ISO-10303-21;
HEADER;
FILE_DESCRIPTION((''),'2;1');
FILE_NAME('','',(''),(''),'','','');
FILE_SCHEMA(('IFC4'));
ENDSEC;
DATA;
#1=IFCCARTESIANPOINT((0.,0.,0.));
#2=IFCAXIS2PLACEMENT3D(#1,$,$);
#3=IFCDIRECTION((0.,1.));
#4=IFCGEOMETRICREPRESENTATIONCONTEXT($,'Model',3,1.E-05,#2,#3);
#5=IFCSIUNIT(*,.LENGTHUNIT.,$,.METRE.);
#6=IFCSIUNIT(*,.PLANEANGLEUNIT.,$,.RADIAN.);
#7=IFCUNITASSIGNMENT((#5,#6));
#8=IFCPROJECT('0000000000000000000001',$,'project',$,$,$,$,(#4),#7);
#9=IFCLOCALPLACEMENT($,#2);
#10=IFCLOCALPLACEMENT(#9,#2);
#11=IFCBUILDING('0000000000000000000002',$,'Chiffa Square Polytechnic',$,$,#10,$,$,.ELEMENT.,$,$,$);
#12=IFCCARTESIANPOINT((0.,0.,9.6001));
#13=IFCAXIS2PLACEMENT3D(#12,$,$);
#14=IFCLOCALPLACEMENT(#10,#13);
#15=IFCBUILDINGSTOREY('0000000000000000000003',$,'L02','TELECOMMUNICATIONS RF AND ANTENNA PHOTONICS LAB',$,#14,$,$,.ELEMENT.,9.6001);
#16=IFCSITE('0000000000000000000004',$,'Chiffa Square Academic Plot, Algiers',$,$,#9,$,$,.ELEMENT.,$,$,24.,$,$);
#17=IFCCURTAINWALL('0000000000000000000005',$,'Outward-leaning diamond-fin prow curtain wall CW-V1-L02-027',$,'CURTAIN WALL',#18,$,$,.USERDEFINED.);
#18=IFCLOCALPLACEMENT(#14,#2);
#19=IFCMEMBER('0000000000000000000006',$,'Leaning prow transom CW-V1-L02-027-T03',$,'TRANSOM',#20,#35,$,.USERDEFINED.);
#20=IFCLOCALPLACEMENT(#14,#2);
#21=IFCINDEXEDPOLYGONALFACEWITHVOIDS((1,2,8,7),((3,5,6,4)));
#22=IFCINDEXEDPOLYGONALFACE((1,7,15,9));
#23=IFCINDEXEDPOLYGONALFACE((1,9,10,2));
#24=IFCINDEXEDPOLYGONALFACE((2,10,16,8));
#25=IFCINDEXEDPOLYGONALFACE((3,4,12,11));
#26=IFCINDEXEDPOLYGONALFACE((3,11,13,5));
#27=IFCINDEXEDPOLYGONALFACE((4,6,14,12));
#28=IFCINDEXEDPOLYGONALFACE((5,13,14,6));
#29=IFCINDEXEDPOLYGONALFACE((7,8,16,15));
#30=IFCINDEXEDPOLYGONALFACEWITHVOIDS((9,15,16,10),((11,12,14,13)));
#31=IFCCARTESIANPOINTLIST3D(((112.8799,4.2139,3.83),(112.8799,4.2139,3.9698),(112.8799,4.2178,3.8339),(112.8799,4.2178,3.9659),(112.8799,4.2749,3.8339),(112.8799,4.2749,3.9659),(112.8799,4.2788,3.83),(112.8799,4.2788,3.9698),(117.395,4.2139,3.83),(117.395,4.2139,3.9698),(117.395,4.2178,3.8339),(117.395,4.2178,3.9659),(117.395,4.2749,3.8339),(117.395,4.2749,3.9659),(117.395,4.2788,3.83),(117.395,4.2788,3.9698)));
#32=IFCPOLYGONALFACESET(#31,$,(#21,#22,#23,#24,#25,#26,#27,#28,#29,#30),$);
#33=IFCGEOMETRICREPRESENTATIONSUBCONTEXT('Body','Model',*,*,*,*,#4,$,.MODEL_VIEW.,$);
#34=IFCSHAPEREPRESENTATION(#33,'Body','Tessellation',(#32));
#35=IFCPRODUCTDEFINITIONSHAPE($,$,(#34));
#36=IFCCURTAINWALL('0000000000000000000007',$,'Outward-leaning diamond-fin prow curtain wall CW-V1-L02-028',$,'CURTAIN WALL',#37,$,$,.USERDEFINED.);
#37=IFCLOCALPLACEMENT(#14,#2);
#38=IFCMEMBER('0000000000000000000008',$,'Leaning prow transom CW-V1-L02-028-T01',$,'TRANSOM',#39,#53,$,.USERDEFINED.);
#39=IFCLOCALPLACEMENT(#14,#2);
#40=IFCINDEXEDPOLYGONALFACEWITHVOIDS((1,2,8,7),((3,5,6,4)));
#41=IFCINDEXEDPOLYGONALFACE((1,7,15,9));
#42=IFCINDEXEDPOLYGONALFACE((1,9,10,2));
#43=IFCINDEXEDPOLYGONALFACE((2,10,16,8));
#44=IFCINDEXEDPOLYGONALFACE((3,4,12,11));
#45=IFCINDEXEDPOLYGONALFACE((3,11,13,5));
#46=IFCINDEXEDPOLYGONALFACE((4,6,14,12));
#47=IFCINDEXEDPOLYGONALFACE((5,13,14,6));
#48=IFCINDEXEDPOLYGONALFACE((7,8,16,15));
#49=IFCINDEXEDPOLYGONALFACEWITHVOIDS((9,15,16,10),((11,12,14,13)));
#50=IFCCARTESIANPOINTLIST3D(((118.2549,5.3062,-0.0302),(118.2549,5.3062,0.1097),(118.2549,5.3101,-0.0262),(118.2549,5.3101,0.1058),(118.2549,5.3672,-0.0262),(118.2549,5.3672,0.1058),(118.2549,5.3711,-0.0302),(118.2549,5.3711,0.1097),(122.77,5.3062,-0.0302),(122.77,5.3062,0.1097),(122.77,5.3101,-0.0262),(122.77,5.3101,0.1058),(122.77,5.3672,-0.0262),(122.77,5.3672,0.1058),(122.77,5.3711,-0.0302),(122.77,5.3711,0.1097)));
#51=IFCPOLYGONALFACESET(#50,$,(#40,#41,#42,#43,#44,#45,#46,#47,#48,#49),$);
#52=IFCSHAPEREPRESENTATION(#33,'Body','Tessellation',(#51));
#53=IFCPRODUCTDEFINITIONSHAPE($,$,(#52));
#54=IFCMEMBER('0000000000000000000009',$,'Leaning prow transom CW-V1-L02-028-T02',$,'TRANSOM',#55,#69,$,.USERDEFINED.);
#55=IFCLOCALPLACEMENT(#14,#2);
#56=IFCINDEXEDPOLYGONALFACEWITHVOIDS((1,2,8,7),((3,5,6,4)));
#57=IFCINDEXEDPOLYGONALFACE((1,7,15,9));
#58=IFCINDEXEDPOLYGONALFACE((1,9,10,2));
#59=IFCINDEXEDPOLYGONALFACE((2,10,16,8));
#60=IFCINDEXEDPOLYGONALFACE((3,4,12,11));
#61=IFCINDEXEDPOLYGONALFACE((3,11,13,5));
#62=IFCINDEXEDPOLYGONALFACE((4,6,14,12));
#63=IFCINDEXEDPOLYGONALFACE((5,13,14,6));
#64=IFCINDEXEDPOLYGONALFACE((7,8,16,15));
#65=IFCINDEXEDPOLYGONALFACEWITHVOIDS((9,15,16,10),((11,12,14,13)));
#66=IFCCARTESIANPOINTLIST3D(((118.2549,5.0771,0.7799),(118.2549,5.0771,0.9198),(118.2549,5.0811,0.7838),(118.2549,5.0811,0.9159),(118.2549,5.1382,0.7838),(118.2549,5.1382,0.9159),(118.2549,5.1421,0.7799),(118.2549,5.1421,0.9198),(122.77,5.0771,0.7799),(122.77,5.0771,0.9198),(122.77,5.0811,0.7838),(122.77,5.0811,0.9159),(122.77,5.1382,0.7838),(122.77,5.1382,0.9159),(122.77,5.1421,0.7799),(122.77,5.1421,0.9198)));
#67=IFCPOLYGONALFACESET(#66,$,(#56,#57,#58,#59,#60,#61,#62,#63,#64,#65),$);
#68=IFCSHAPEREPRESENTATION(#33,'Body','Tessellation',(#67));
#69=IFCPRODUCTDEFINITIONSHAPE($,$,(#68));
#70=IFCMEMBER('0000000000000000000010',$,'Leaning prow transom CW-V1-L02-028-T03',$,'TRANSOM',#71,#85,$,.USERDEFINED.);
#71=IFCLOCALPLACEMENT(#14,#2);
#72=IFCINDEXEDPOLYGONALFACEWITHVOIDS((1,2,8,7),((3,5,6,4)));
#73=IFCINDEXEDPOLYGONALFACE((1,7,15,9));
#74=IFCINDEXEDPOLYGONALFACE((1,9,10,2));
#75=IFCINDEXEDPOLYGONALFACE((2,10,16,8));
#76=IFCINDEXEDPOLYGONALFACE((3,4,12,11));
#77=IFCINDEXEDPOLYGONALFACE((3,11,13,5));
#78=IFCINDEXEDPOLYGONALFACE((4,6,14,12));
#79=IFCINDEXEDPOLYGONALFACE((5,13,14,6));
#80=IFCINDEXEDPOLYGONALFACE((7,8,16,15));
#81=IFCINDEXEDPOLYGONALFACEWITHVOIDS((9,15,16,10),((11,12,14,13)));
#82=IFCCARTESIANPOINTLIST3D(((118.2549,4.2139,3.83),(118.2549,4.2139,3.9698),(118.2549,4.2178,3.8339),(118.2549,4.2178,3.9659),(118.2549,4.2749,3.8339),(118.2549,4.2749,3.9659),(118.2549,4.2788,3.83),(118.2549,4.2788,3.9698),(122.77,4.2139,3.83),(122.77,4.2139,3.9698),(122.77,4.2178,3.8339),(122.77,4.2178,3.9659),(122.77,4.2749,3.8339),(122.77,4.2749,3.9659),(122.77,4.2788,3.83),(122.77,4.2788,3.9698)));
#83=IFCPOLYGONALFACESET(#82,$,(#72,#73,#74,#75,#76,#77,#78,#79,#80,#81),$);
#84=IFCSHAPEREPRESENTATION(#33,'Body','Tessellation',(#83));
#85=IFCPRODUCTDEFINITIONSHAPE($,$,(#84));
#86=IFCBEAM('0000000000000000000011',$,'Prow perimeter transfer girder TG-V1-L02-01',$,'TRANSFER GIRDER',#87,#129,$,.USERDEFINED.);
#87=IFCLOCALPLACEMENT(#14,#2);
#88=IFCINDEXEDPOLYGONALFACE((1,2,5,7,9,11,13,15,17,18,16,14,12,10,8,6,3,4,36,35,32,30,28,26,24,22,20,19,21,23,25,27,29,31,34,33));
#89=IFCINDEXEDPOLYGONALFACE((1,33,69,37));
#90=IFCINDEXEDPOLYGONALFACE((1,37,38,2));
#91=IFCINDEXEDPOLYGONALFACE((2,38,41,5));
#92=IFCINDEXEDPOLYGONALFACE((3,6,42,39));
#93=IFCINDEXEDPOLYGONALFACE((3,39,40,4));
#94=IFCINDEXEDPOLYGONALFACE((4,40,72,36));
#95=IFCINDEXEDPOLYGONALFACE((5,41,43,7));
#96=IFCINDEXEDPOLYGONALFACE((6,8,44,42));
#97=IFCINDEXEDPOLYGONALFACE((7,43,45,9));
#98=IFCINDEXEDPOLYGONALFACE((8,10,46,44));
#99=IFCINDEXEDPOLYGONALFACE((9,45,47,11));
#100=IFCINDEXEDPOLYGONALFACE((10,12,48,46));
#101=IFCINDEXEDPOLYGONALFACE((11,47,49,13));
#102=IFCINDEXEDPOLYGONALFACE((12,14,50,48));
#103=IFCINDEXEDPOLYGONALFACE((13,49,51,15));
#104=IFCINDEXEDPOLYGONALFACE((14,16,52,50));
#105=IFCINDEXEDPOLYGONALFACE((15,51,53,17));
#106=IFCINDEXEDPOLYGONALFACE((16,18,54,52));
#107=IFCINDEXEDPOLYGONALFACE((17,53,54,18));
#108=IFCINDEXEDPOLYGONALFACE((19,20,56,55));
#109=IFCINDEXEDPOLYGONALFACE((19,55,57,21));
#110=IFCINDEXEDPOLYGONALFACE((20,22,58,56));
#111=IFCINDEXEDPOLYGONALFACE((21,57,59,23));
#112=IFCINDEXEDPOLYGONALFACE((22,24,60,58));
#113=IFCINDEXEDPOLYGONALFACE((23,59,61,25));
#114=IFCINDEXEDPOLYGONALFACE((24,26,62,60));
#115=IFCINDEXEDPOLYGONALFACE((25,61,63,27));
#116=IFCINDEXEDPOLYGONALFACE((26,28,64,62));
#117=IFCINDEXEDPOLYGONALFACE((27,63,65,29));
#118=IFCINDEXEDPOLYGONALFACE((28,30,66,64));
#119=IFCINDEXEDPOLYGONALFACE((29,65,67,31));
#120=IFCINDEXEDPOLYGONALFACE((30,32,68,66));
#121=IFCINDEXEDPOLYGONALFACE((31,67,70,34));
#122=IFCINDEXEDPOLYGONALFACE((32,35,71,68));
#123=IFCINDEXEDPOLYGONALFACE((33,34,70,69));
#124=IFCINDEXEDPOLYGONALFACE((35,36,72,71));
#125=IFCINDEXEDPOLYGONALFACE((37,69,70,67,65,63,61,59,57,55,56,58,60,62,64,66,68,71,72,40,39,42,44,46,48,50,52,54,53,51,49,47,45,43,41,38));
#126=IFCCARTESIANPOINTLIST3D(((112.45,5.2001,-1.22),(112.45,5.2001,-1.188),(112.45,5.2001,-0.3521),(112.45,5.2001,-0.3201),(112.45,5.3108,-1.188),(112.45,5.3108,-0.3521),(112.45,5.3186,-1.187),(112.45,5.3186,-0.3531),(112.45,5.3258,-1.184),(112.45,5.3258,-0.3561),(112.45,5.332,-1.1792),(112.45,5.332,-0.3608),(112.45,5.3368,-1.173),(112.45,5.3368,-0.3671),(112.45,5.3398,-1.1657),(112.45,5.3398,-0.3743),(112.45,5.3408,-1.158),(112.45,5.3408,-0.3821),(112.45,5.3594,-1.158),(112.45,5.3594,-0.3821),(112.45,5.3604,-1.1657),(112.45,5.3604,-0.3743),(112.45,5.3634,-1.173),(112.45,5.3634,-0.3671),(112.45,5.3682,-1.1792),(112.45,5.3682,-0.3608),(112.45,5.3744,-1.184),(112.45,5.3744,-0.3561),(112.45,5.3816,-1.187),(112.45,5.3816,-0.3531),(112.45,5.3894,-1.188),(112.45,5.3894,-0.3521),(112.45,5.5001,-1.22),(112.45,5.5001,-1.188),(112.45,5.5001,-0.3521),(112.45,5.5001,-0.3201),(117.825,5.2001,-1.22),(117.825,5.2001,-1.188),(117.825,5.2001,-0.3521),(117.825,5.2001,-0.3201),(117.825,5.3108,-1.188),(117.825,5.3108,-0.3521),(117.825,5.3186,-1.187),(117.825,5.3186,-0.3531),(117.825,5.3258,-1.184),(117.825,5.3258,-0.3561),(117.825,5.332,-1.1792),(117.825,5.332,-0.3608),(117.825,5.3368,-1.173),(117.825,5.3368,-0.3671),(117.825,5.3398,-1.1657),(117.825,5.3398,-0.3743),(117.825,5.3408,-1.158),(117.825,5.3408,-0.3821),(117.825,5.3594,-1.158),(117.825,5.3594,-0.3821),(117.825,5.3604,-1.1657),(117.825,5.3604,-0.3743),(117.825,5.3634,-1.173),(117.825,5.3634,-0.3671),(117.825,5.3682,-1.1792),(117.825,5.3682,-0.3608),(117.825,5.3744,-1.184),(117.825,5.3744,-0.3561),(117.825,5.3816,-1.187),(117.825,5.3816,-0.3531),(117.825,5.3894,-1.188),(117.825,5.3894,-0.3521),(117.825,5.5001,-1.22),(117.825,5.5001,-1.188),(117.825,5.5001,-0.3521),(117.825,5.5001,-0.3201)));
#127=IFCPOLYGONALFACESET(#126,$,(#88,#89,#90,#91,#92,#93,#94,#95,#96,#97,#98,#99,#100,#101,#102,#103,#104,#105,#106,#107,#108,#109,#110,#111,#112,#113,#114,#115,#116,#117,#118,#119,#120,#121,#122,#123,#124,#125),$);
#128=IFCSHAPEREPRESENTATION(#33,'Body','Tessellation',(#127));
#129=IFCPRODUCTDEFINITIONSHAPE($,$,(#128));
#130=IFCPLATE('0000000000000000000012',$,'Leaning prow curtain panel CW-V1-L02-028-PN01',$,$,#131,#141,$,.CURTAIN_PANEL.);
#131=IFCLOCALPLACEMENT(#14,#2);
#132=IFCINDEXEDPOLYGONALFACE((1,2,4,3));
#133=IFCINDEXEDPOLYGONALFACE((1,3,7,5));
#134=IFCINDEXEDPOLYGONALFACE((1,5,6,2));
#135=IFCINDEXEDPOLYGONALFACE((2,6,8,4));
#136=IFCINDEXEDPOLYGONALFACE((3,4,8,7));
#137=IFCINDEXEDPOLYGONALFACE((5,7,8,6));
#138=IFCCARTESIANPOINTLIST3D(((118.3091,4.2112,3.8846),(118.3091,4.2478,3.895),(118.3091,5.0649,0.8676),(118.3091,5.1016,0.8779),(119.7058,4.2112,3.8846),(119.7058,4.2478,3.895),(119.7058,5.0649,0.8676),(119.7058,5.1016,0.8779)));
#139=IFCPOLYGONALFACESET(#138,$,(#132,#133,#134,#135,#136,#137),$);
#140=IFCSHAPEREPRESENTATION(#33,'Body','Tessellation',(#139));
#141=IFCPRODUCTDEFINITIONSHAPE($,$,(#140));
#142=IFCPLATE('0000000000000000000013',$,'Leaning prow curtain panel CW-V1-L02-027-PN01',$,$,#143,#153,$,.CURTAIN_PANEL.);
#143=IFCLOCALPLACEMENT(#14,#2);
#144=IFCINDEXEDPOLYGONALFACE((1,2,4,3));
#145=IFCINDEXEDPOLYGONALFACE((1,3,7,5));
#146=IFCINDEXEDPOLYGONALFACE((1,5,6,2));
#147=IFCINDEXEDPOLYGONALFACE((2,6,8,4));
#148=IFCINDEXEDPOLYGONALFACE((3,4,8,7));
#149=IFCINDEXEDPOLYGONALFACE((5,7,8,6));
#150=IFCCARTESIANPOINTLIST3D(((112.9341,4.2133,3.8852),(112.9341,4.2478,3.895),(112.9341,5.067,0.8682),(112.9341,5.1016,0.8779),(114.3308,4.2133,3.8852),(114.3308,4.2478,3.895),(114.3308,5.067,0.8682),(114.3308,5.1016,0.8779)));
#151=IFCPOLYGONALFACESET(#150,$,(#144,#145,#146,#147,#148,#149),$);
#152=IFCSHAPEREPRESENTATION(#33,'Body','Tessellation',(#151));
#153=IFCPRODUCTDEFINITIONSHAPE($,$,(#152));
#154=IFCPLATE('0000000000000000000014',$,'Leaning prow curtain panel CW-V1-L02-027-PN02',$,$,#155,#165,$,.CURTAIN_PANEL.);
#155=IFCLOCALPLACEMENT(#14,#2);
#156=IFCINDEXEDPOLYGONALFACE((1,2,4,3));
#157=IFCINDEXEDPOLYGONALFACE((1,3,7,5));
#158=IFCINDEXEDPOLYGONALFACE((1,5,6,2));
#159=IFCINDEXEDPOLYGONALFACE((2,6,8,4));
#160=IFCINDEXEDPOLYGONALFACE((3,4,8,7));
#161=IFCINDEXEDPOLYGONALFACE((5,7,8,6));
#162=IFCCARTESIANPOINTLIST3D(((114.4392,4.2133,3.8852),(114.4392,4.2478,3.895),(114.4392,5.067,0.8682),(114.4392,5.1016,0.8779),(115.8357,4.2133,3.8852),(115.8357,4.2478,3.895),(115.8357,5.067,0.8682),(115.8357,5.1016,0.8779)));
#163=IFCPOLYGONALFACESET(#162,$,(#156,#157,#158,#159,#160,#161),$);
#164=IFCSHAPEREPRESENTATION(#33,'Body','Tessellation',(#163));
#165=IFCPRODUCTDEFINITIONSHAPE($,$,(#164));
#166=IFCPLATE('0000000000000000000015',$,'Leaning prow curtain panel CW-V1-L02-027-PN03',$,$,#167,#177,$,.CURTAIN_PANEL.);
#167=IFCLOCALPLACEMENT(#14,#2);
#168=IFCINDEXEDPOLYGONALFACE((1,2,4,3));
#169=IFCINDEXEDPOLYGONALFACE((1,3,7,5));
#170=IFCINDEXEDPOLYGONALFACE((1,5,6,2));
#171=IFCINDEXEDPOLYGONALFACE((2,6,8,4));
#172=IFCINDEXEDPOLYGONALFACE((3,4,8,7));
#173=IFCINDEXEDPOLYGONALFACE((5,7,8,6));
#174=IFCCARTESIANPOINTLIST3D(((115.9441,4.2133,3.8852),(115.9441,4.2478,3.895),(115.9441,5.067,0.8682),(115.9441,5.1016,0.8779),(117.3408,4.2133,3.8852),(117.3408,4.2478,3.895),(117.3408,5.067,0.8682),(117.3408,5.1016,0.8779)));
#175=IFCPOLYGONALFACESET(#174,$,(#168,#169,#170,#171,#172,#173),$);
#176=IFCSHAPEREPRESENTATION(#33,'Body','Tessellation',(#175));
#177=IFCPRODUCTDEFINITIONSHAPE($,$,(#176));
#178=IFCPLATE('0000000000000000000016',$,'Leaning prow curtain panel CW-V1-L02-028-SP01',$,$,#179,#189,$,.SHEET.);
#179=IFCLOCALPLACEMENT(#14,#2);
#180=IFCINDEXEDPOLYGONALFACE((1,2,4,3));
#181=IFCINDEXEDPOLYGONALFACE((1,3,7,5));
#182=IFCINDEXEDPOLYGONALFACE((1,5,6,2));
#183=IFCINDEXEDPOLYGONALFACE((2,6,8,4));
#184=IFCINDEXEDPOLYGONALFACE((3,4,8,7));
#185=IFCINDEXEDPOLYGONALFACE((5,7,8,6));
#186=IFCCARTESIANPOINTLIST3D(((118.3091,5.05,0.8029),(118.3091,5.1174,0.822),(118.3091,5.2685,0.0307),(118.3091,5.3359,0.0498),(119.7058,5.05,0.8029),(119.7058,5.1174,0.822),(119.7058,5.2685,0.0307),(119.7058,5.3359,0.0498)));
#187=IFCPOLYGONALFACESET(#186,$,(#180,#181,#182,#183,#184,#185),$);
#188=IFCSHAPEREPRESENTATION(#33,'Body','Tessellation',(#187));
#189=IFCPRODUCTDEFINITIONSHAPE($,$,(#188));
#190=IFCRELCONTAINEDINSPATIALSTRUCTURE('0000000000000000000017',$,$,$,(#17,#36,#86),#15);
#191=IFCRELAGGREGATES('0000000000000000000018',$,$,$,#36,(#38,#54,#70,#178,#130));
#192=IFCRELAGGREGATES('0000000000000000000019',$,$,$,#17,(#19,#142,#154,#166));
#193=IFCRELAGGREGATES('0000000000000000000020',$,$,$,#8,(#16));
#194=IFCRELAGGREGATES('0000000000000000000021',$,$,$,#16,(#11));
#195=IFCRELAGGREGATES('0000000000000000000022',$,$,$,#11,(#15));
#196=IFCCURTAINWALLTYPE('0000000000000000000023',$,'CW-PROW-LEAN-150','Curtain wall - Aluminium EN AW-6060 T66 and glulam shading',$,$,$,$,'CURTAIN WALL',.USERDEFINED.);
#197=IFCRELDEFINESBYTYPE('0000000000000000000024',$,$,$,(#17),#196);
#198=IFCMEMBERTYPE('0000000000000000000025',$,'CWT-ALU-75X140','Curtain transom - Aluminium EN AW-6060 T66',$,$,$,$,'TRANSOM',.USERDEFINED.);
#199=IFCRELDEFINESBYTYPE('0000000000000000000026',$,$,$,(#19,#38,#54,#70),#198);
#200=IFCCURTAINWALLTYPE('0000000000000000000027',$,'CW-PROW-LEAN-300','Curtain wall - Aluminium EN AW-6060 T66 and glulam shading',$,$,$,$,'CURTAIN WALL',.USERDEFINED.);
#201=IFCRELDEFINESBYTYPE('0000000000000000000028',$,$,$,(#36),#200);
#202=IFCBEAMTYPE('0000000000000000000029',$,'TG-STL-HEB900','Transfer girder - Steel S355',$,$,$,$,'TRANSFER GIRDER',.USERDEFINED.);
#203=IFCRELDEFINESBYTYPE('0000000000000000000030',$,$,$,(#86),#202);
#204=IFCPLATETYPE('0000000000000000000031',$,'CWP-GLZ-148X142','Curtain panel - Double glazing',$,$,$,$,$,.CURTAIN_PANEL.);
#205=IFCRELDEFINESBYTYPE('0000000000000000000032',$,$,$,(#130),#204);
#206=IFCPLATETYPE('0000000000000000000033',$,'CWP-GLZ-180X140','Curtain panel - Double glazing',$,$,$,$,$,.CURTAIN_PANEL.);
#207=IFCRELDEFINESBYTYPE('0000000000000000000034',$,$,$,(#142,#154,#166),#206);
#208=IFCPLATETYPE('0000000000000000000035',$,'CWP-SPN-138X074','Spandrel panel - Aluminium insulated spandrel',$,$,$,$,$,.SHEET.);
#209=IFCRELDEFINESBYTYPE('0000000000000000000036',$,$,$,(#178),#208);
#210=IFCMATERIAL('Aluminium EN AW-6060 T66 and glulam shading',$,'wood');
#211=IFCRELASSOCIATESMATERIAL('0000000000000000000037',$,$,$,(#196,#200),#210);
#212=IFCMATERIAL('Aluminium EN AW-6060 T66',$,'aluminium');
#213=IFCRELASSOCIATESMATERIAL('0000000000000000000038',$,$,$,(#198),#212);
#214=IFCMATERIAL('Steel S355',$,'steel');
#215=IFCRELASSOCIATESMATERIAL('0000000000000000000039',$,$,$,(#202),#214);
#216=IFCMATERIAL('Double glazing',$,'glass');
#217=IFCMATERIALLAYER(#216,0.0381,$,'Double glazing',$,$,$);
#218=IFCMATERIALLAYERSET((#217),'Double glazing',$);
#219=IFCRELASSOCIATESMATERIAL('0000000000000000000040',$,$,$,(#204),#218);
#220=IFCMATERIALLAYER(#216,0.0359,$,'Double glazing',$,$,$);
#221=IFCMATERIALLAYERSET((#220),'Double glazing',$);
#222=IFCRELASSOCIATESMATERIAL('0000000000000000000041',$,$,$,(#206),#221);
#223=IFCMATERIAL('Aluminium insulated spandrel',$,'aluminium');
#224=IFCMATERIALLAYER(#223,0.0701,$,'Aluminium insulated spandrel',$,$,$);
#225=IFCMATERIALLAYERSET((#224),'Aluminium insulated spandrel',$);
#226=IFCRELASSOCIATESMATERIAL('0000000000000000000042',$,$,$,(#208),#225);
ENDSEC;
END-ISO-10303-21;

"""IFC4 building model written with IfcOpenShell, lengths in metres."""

from ifc_helpers import new_model, si_unit, direction, frame, origin, origin_2d, place, context, subcontext, project, spatial, polyline, hollow_rectangle, i_section, outline, extrude, material, layer, layer_set, material_profile, profile_set, type_object, element, aggregate, save


model = new_model("IFC4")

# Units and contexts
model_context = context("Model", 3, precision=1e-05, world=origin(), true_north=direction((0.0, 1.0)))
body_context = subcontext(model_context, "Body", "Model", "MODEL_VIEW")
ifc_project = project(units=[si_unit("LENGTHUNIT", "METRE"), si_unit("PLANEANGLEUNIT", "RADIAN")], contexts=[model_context])

# Site, building, storey
site_placement = place(None, origin())
site = spatial("IfcSite", under=ifc_project, at=site_placement, Name="Chiffa Square Academic Plot, Algiers", CompositionType="ELEMENT", RefElevation=24.0)
building_placement = place(site_placement, origin())
building = spatial("IfcBuilding", under=site, at=building_placement, Name="Chiffa Square Polytechnic", CompositionType="ELEMENT")
storey_placement = place(building_placement, frame((0.0, 0.0, 9.6001)))
storey = spatial("IfcBuildingStorey", under=building, at=storey_placement, Name="L02", Description="TELECOMMUNICATIONS RF AND ANTENNA PHOTONICS LAB", CompositionType="ELEMENT", Elevation=9.6001)

# Curtain walls, members
ifc_material_1 = material(Name="Aluminium EN AW-6060 T66 and glulam shading", Category="wood")
curtain_wall_type_1 = type_object("IfcCurtainWallType", Name="CW-PROW-LEAN-150", Description="Curtain wall - Aluminium EN AW-6060 T66 and glulam shading", ElementType="CURTAIN WALL", PredefinedType="USERDEFINED", material=ifc_material_1)
curtain_wall_1_placement = place(storey_placement, origin())
curtain_wall_1 = element("IfcCurtainWall", 1, at=curtain_wall_1_placement, inside=storey, type_object=curtain_wall_type_1, Name="Outward-leaning diamond-fin prow curtain wall CW-V1-L02-027", ObjectType="CURTAIN WALL", PredefinedType="USERDEFINED")
ifc_material_2 = material(Name="Aluminium EN AW-6060 T66", Category="aluminium")
ifc_material_profile_1 = material_profile(ifc_material_2, hollow_rectangle(XDim=0.0649, YDim=0.1399, WallThickness=0.0039, at=origin_2d()), Name="ALU 65x140x4")
ifc_profile_set_1 = profile_set([ifc_material_profile_1], Name="Aluminium EN AW-6060 T66")
member_type_1 = type_object("IfcMemberType", Name="CWT-ALU-75X140", Description="Curtain transom - Aluminium EN AW-6060 T66", ElementType="TRANSOM", PredefinedType="USERDEFINED", material=ifc_profile_set_1)
member_1_placement = place(storey_placement, frame((112.8799, 4.2463, 3.8999), z_axis=(1.0, 0.0, 0.0), x_axis=(0.0, 1.0, 0.0)))
member_1 = element("IfcMember", 2, at=member_1_placement, type_object=member_type_1, Name="Leaning prow transom CW-V1-L02-027-T03", ObjectType="TRANSOM", PredefinedType="USERDEFINED", context=body_context, shape_type="SweptSolid", body=[
    extrude(hollow_rectangle(XDim=0.0649, YDim=0.1399, WallThickness=0.0039, at=origin_2d()), origin(), (0.0, 0.0, 1.0), 4.5151),
])
curtain_wall_type_2 = type_object("IfcCurtainWallType", Name="CW-PROW-LEAN-300", Description="Curtain wall - Aluminium EN AW-6060 T66 and glulam shading", ElementType="CURTAIN WALL", PredefinedType="USERDEFINED", material=ifc_material_1)
curtain_wall_2_placement = place(storey_placement, origin())
curtain_wall_2 = element("IfcCurtainWall", 3, at=curtain_wall_2_placement, inside=storey, type_object=curtain_wall_type_2, Name="Outward-leaning diamond-fin prow curtain wall CW-V1-L02-028", ObjectType="CURTAIN WALL", PredefinedType="USERDEFINED")
member_2_placement = place(storey_placement, frame((118.2549, 5.3386, 0.0398), z_axis=(1.0, 0.0, 0.0), x_axis=(0.0, 1.0, 0.0)))
member_2 = element("IfcMember", 4, at=member_2_placement, type_object=member_type_1, Name="Leaning prow transom CW-V1-L02-028-T01", ObjectType="TRANSOM", PredefinedType="USERDEFINED", context=body_context, shape_type="SweptSolid", body=[
    extrude(hollow_rectangle(XDim=0.0649, YDim=0.1399, WallThickness=0.0039, at=origin_2d()), origin(), (0.0, 0.0, 1.0), 4.5151),
])
member_3_placement = place(storey_placement, frame((118.2549, 5.1096, 0.8499), z_axis=(1.0, 0.0, 0.0), x_axis=(0.0, 1.0, 0.0)))
member_3 = element("IfcMember", 5, at=member_3_placement, type_object=member_type_1, Name="Leaning prow transom CW-V1-L02-028-T02", ObjectType="TRANSOM", PredefinedType="USERDEFINED", context=body_context, shape_type="SweptSolid", body=[
    extrude(hollow_rectangle(XDim=0.0649, YDim=0.1399, WallThickness=0.0039, at=origin_2d()), origin(), (0.0, 0.0, 1.0), 4.5151),
])
member_4_placement = place(storey_placement, frame((118.2549, 4.2463, 3.8999), z_axis=(1.0, 0.0, 0.0), x_axis=(0.0, 1.0, 0.0)))
member_4 = element("IfcMember", 6, at=member_4_placement, type_object=member_type_1, Name="Leaning prow transom CW-V1-L02-028-T03", ObjectType="TRANSOM", PredefinedType="USERDEFINED", context=body_context, shape_type="SweptSolid", body=[
    extrude(hollow_rectangle(XDim=0.0649, YDim=0.1399, WallThickness=0.0039, at=origin_2d()), origin(), (0.0, 0.0, 1.0), 4.5151),
])

# Beam
ifc_material_3 = material(Name="Steel S355", Category="steel")
ifc_material_profile_2 = material_profile(ifc_material_3, i_section(OverallWidth=0.3, OverallDepth=0.8999, WebThickness=0.0186, FlangeThickness=0.032, FilletRadius=0.03, at=origin_2d()), Name="HEB 900")
ifc_profile_set_2 = profile_set([ifc_material_profile_2], Name="Steel S355")
beam_type = type_object("IfcBeamType", Name="TG-STL-HEB900", Description="Transfer girder - Steel S355", ElementType="TRANSFER GIRDER", PredefinedType="USERDEFINED", material=ifc_profile_set_2)
beam_placement = place(storey_placement, frame((112.45, 5.3501, -0.77), z_axis=(1.0, 0.0, 0.0), x_axis=(0.0, 1.0, 0.0)))
element("IfcBeam", 7, at=beam_placement, inside=storey, type_object=beam_type, Name="Prow perimeter transfer girder TG-V1-L02-01", ObjectType="TRANSFER GIRDER", PredefinedType="USERDEFINED", context=body_context, shape_type="SweptSolid", body=[
    extrude(i_section(OverallWidth=0.3, OverallDepth=0.8999, WebThickness=0.0186, FlangeThickness=0.032, FilletRadius=0.03, at=origin_2d()), origin(), (0.0, 0.0, 1.0), 5.375),
])

# Plates
ifc_material_4 = material(Name="Double glazing", Category="glass")
ifc_layer_1 = layer(ifc_material_4, 0.0381, Name="Double glazing")
ifc_layer_set_1 = layer_set([ifc_layer_1], Name="Double glazing")
plate_type_1 = type_object("IfcPlateType", Name="CWP-GLZ-148X142", Description="Curtain panel - Double glazing", PredefinedType="CURTAIN_PANEL", material=ifc_layer_set_1)
plate_1_placement = place(storey_placement, frame((118.3091, 5.1016, 0.8779), z_axis=(0.0, 0.962217, 0.272283), x_axis=(1.0, 0.0, 0.0)))
plate_1 = element("IfcPlate", 8, at=plate_1_placement, type_object=plate_type_1, Name="Leaning prow curtain panel CW-V1-L02-028-PN01", PredefinedType="CURTAIN_PANEL", context=body_context, shape_type="SweptSolid", body=[
    extrude(outline(polyline([(0.0, 0.0), (1.3967, 0.0), (1.3967, -3.1356), (0.0, -3.1356), (0.0, 0.0)])), origin(), (0.0, 0.0, -1.0), 0.0381),
])
ifc_layer_2 = layer(ifc_material_4, 0.0359, Name="Double glazing")
ifc_layer_set_2 = layer_set([ifc_layer_2], Name="Double glazing")
plate_type_2 = type_object("IfcPlateType", Name="CWP-GLZ-180X140", Description="Curtain panel - Double glazing", PredefinedType="CURTAIN_PANEL", material=ifc_layer_set_2)
plate_2_placement = place(storey_placement, frame((112.9341, 5.1016, 0.8779), z_axis=(0.0, 0.962217, 0.272283), x_axis=(1.0, 0.0, 0.0)))
plate_2 = element("IfcPlate", 9, at=plate_2_placement, type_object=plate_type_2, Name="Leaning prow curtain panel CW-V1-L02-027-PN01", PredefinedType="CURTAIN_PANEL", context=body_context, shape_type="SweptSolid", body=[
    extrude(outline(polyline([(0.0, 0.0), (1.3967, 0.0), (1.3967, -3.1356), (0.0, -3.1356), (0.0, 0.0)])), origin(), (0.0, 0.0, -1.0), 0.0359),
])
plate_3_placement = place(storey_placement, frame((114.4392, 5.1016, 0.8779), z_axis=(0.0, 0.962217, 0.272283), x_axis=(1.0, 0.0, 0.0)))
plate_3 = element("IfcPlate", 10, at=plate_3_placement, type_object=plate_type_2, Name="Leaning prow curtain panel CW-V1-L02-027-PN02", PredefinedType="CURTAIN_PANEL", context=body_context, shape_type="SweptSolid", body=[
    extrude(outline(polyline([(0.0, 0.0), (1.3965, 0.0), (1.3965, -3.1356), (0.0, -3.1356), (0.0, 0.0)])), origin(), (0.0, 0.0, -1.0), 0.0359),
])
plate_4_placement = place(storey_placement, frame((115.9441, 5.1016, 0.8779), z_axis=(0.0, 0.962217, 0.272283), x_axis=(1.0, 0.0, 0.0)))
plate_4 = element("IfcPlate", 11, at=plate_4_placement, type_object=plate_type_2, Name="Leaning prow curtain panel CW-V1-L02-027-PN03", PredefinedType="CURTAIN_PANEL", context=body_context, shape_type="SweptSolid", body=[
    extrude(outline(polyline([(0.0, 0.0), (1.3967, 0.0), (1.3967, -3.1356), (0.0, -3.1356), (0.0, 0.0)])), origin(), (0.0, 0.0, -1.0), 0.0359),
])
ifc_material_5 = material(Name="Aluminium insulated spandrel", Category="aluminium")
ifc_layer_3 = layer(ifc_material_5, 0.0701, Name="Aluminium insulated spandrel")
ifc_layer_set_3 = layer_set([ifc_layer_3], Name="Aluminium insulated spandrel")
plate_type_3 = type_object("IfcPlateType", Name="CWP-SPN-138X074", Description="Spandrel panel - Aluminium insulated spandrel", PredefinedType="SHEET", material=ifc_layer_set_3)
plate_5_placement = place(storey_placement, frame((118.3091, 5.3359, 0.0498), z_axis=(0.0, 0.962221, 0.272269), x_axis=(1.0, 0.0, 0.0)))
plate_5 = element("IfcPlate", 12, at=plate_5_placement, type_object=plate_type_3, Name="Leaning prow curtain panel CW-V1-L02-028-SP01", PredefinedType="SHEET", context=body_context, shape_type="SweptSolid", body=[
    extrude(outline(polyline([(0.0, 0.0), (1.3967, 0.0), (1.3967, -0.8025), (0.0, -0.8025), (0.0, 0.0)])), origin(), (0.0, 0.0, -1.0), 0.0701),
])
aggregate(curtain_wall_2, [member_2, member_3, member_4, plate_5, plate_1])
aggregate(curtain_wall_1, [member_1, plate_2, plate_3, plate_4])

save(model, "model.ifc")
